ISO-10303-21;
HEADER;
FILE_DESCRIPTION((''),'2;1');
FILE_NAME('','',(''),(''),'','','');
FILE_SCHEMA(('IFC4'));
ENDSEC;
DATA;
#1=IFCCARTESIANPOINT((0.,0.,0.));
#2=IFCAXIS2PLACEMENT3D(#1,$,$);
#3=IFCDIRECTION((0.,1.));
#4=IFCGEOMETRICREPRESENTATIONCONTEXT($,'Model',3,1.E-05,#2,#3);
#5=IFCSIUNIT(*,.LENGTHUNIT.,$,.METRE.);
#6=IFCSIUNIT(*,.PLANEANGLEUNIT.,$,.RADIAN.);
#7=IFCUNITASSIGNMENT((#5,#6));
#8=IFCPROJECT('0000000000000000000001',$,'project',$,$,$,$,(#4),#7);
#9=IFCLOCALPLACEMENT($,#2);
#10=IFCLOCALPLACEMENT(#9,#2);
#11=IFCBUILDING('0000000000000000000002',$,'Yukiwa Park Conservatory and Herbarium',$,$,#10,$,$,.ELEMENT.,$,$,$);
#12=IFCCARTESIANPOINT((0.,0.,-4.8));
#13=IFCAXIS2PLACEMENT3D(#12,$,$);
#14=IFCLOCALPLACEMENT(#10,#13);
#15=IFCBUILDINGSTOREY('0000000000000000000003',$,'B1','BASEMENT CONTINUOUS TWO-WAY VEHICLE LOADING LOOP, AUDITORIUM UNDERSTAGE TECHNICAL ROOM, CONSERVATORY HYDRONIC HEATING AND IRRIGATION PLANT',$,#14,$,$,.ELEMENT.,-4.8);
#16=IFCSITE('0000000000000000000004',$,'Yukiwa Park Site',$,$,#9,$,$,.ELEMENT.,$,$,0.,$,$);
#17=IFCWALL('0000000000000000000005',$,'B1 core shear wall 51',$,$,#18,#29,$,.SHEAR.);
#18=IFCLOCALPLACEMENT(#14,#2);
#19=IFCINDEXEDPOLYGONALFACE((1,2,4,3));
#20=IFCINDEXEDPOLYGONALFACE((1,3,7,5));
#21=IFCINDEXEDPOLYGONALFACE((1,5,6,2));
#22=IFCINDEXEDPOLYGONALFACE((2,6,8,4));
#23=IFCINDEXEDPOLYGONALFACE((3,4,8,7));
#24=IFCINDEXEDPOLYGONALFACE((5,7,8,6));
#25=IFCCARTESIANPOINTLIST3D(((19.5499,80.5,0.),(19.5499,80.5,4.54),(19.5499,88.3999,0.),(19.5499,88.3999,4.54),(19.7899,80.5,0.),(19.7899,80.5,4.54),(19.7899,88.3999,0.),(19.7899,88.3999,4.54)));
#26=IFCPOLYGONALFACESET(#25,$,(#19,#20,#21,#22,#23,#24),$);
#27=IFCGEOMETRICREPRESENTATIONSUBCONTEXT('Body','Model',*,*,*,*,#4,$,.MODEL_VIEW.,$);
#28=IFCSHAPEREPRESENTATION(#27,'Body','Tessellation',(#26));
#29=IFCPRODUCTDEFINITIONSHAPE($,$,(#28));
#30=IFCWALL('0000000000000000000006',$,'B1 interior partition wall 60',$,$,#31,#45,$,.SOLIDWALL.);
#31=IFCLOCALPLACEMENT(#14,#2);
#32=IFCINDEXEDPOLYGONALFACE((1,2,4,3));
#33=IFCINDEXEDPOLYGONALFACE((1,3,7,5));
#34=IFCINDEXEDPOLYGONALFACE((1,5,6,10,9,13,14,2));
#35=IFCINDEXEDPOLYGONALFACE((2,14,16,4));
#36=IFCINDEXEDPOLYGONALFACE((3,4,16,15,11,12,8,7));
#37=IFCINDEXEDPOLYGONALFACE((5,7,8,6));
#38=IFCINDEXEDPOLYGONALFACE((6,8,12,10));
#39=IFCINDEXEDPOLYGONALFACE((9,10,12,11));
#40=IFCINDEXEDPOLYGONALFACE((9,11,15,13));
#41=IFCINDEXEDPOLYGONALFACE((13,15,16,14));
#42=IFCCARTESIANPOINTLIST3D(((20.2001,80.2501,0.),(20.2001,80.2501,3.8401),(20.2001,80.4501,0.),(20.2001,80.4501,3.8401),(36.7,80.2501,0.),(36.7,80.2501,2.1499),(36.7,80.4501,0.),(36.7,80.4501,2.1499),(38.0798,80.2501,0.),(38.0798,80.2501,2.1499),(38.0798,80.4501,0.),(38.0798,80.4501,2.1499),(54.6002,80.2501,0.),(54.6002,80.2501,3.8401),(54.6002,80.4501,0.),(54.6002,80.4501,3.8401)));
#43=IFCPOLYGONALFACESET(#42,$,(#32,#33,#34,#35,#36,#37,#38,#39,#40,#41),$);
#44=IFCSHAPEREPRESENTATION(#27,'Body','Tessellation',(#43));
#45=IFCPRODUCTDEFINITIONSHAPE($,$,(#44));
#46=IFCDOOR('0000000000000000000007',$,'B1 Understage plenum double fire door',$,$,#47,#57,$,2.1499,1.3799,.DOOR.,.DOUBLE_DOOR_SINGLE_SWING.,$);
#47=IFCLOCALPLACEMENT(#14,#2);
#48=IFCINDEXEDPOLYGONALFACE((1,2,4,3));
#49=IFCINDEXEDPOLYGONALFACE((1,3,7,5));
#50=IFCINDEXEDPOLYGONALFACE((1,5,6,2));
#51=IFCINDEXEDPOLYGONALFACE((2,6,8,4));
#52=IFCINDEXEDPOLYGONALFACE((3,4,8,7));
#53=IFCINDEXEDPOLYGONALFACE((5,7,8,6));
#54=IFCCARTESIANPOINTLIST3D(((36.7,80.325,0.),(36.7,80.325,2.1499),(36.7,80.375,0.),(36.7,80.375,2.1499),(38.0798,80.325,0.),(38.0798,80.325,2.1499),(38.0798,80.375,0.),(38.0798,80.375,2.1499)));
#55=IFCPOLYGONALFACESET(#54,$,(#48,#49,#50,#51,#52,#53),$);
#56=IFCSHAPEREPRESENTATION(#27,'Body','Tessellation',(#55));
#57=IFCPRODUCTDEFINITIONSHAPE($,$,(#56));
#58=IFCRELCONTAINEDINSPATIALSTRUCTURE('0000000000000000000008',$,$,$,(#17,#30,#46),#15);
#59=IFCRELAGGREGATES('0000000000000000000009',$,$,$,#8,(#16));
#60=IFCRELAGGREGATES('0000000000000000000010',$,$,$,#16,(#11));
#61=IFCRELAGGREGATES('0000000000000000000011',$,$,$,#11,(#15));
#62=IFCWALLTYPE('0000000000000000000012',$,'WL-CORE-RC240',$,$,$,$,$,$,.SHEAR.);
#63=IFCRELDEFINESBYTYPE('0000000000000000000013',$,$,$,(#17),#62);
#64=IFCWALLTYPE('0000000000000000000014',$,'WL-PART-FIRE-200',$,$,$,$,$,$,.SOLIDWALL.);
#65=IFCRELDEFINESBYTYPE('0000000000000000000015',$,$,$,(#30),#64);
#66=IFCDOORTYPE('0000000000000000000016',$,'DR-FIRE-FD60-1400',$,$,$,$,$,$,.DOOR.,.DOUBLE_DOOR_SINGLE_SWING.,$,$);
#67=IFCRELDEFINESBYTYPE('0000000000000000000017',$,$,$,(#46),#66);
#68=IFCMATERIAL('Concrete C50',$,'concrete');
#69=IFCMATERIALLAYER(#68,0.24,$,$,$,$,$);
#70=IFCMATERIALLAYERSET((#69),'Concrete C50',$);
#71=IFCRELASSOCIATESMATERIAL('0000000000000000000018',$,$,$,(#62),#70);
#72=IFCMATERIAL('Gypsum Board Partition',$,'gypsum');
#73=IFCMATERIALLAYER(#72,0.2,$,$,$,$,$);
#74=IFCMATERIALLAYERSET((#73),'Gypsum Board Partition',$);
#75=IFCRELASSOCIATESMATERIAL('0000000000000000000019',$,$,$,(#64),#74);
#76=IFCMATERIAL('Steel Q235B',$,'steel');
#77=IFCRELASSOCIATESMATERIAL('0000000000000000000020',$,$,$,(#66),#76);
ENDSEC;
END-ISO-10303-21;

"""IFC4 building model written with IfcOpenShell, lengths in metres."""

from ifc_helpers import new_model, si_unit, direction, frame, frame_2d, origin, place, context, subcontext, project, spatial, rectangle, extrude, material, layer, layer_set, type_object, element, fill, save


model = new_model("IFC4")

# Units and contexts
model_context = context("Model", 3, precision=1e-05, world=origin(), true_north=direction((0.0, 1.0)))
body_context = subcontext(model_context, "Body", "Model", "MODEL_VIEW")
ifc_project = project(units=[si_unit("LENGTHUNIT", "METRE"), si_unit("PLANEANGLEUNIT", "RADIAN")], contexts=[model_context])

# Site, building, storey
site_placement = place(None, origin())
site = spatial("IfcSite", under=ifc_project, at=site_placement, Name="Yukiwa Park Site", CompositionType="ELEMENT", RefElevation=0.0)
building_placement = place(site_placement, origin())
building = spatial("IfcBuilding", under=site, at=building_placement, Name="Yukiwa Park Conservatory and Herbarium", CompositionType="ELEMENT")
storey_placement = place(building_placement, frame((0.0, 0.0, -4.8)))
storey = spatial("IfcBuildingStorey", under=building, at=storey_placement, Name="B1", Description="BASEMENT CONTINUOUS TWO-WAY VEHICLE LOADING LOOP, AUDITORIUM UNDERSTAGE TECHNICAL ROOM, CONSERVATORY HYDRONIC HEATING AND IRRIGATION PLANT", CompositionType="ELEMENT", Elevation=-4.8)

# Wall
ifc_material_1 = material(Name="Concrete C50", Category="concrete")
ifc_layer_1 = layer(ifc_material_1, 0.24)
ifc_layer_set_1 = layer_set([ifc_layer_1], Name="Concrete C50")
wall_type_1 = type_object("IfcWallType", Name="WL-CORE-RC240", PredefinedType="SHEAR", material=ifc_layer_set_1)
wall_1_placement = place(storey_placement, frame((19.6699, 80.5, 0.0), z_axis=(0.0, 0.0, 1.0), x_axis=(0.0, 1.0, 0.0)))
element("IfcWall", 1, at=wall_1_placement, inside=storey, type_object=wall_type_1, Name="B1 core shear wall 51", PredefinedType="SHEAR", context=body_context, shape_type="SweptSolid", body=[
    extrude(rectangle(XDim=7.8999, YDim=0.24, at=frame_2d((3.95, 0.0))), origin(), (0.0, 0.0, 1.0), 4.54),
])

# Wall, opening, door
ifc_material_2 = material(Name="Gypsum Board Partition", Category="gypsum")
ifc_layer_2 = layer(ifc_material_2, 0.2)
ifc_layer_set_2 = layer_set([ifc_layer_2], Name="Gypsum Board Partition")
wall_type_2 = type_object("IfcWallType", Name="WL-PART-FIRE-200", PredefinedType="SOLIDWALL", material=ifc_layer_set_2)
wall_2_placement = place(storey_placement, frame((20.2, 80.3501, 0.0), z_axis=(0.0, 0.0, 1.0), x_axis=(1.0, 0.0, 0.0)))
wall_2 = element("IfcWall", 2, at=wall_2_placement, inside=storey, type_object=wall_type_2, Name="B1 interior partition wall 60", PredefinedType="SOLIDWALL", context=body_context, shape_type="SweptSolid", body=[
    extrude(rectangle(XDim=34.4001, YDim=0.2, at=frame_2d((17.2002, 0.0))), origin(), (0.0, 0.0, 1.0), 3.8401),
])
opening_placement = place(wall_2_placement, frame((16.5, 0.0, 0.0)))
opening = element("IfcOpeningElement", 3, at=opening_placement, cuts=wall_2, PredefinedType="OPENING", context=body_context, shape_type="SweptSolid", body=[
    extrude(rectangle(XDim=1.3799, YDim=2.1499, at=frame_2d((0.6899, 1.075))), frame((0.0, 0.1099, 0.0), z_axis=(0.0, -1.0, 0.0), x_axis=(1.0, 0.0, 0.0)), (0.0, 0.0, 1.0), 0.22),
])
ifc_material_3 = material(Name="Steel Q235B", Category="steel")
door_type = type_object("IfcDoorType", Name="DR-FIRE-FD60-1400", OperationType="DOUBLE_DOOR_SINGLE_SWING", PredefinedType="DOOR", material=ifc_material_3)
door_placement = place(opening_placement, origin())
door = element("IfcDoor", 4, at=door_placement, inside=storey, type_object=door_type, Name="B1 Understage plenum double fire door", OperationType="DOUBLE_DOOR_SINGLE_SWING", OverallHeight=2.1499, OverallWidth=1.3799, PredefinedType="DOOR", context=body_context, shape_type="SweptSolid", body=[
    extrude(rectangle(XDim=1.3799, YDim=2.1499, at=frame_2d((0.6899, 1.075))), frame((0.0, 0.0249, 0.0), z_axis=(0.0, -1.0, 0.0), x_axis=(1.0, 0.0, 0.0)), (0.0, 0.0, 1.0), 0.05),
])
fill(opening, door)

save(model, "model.ifc")
